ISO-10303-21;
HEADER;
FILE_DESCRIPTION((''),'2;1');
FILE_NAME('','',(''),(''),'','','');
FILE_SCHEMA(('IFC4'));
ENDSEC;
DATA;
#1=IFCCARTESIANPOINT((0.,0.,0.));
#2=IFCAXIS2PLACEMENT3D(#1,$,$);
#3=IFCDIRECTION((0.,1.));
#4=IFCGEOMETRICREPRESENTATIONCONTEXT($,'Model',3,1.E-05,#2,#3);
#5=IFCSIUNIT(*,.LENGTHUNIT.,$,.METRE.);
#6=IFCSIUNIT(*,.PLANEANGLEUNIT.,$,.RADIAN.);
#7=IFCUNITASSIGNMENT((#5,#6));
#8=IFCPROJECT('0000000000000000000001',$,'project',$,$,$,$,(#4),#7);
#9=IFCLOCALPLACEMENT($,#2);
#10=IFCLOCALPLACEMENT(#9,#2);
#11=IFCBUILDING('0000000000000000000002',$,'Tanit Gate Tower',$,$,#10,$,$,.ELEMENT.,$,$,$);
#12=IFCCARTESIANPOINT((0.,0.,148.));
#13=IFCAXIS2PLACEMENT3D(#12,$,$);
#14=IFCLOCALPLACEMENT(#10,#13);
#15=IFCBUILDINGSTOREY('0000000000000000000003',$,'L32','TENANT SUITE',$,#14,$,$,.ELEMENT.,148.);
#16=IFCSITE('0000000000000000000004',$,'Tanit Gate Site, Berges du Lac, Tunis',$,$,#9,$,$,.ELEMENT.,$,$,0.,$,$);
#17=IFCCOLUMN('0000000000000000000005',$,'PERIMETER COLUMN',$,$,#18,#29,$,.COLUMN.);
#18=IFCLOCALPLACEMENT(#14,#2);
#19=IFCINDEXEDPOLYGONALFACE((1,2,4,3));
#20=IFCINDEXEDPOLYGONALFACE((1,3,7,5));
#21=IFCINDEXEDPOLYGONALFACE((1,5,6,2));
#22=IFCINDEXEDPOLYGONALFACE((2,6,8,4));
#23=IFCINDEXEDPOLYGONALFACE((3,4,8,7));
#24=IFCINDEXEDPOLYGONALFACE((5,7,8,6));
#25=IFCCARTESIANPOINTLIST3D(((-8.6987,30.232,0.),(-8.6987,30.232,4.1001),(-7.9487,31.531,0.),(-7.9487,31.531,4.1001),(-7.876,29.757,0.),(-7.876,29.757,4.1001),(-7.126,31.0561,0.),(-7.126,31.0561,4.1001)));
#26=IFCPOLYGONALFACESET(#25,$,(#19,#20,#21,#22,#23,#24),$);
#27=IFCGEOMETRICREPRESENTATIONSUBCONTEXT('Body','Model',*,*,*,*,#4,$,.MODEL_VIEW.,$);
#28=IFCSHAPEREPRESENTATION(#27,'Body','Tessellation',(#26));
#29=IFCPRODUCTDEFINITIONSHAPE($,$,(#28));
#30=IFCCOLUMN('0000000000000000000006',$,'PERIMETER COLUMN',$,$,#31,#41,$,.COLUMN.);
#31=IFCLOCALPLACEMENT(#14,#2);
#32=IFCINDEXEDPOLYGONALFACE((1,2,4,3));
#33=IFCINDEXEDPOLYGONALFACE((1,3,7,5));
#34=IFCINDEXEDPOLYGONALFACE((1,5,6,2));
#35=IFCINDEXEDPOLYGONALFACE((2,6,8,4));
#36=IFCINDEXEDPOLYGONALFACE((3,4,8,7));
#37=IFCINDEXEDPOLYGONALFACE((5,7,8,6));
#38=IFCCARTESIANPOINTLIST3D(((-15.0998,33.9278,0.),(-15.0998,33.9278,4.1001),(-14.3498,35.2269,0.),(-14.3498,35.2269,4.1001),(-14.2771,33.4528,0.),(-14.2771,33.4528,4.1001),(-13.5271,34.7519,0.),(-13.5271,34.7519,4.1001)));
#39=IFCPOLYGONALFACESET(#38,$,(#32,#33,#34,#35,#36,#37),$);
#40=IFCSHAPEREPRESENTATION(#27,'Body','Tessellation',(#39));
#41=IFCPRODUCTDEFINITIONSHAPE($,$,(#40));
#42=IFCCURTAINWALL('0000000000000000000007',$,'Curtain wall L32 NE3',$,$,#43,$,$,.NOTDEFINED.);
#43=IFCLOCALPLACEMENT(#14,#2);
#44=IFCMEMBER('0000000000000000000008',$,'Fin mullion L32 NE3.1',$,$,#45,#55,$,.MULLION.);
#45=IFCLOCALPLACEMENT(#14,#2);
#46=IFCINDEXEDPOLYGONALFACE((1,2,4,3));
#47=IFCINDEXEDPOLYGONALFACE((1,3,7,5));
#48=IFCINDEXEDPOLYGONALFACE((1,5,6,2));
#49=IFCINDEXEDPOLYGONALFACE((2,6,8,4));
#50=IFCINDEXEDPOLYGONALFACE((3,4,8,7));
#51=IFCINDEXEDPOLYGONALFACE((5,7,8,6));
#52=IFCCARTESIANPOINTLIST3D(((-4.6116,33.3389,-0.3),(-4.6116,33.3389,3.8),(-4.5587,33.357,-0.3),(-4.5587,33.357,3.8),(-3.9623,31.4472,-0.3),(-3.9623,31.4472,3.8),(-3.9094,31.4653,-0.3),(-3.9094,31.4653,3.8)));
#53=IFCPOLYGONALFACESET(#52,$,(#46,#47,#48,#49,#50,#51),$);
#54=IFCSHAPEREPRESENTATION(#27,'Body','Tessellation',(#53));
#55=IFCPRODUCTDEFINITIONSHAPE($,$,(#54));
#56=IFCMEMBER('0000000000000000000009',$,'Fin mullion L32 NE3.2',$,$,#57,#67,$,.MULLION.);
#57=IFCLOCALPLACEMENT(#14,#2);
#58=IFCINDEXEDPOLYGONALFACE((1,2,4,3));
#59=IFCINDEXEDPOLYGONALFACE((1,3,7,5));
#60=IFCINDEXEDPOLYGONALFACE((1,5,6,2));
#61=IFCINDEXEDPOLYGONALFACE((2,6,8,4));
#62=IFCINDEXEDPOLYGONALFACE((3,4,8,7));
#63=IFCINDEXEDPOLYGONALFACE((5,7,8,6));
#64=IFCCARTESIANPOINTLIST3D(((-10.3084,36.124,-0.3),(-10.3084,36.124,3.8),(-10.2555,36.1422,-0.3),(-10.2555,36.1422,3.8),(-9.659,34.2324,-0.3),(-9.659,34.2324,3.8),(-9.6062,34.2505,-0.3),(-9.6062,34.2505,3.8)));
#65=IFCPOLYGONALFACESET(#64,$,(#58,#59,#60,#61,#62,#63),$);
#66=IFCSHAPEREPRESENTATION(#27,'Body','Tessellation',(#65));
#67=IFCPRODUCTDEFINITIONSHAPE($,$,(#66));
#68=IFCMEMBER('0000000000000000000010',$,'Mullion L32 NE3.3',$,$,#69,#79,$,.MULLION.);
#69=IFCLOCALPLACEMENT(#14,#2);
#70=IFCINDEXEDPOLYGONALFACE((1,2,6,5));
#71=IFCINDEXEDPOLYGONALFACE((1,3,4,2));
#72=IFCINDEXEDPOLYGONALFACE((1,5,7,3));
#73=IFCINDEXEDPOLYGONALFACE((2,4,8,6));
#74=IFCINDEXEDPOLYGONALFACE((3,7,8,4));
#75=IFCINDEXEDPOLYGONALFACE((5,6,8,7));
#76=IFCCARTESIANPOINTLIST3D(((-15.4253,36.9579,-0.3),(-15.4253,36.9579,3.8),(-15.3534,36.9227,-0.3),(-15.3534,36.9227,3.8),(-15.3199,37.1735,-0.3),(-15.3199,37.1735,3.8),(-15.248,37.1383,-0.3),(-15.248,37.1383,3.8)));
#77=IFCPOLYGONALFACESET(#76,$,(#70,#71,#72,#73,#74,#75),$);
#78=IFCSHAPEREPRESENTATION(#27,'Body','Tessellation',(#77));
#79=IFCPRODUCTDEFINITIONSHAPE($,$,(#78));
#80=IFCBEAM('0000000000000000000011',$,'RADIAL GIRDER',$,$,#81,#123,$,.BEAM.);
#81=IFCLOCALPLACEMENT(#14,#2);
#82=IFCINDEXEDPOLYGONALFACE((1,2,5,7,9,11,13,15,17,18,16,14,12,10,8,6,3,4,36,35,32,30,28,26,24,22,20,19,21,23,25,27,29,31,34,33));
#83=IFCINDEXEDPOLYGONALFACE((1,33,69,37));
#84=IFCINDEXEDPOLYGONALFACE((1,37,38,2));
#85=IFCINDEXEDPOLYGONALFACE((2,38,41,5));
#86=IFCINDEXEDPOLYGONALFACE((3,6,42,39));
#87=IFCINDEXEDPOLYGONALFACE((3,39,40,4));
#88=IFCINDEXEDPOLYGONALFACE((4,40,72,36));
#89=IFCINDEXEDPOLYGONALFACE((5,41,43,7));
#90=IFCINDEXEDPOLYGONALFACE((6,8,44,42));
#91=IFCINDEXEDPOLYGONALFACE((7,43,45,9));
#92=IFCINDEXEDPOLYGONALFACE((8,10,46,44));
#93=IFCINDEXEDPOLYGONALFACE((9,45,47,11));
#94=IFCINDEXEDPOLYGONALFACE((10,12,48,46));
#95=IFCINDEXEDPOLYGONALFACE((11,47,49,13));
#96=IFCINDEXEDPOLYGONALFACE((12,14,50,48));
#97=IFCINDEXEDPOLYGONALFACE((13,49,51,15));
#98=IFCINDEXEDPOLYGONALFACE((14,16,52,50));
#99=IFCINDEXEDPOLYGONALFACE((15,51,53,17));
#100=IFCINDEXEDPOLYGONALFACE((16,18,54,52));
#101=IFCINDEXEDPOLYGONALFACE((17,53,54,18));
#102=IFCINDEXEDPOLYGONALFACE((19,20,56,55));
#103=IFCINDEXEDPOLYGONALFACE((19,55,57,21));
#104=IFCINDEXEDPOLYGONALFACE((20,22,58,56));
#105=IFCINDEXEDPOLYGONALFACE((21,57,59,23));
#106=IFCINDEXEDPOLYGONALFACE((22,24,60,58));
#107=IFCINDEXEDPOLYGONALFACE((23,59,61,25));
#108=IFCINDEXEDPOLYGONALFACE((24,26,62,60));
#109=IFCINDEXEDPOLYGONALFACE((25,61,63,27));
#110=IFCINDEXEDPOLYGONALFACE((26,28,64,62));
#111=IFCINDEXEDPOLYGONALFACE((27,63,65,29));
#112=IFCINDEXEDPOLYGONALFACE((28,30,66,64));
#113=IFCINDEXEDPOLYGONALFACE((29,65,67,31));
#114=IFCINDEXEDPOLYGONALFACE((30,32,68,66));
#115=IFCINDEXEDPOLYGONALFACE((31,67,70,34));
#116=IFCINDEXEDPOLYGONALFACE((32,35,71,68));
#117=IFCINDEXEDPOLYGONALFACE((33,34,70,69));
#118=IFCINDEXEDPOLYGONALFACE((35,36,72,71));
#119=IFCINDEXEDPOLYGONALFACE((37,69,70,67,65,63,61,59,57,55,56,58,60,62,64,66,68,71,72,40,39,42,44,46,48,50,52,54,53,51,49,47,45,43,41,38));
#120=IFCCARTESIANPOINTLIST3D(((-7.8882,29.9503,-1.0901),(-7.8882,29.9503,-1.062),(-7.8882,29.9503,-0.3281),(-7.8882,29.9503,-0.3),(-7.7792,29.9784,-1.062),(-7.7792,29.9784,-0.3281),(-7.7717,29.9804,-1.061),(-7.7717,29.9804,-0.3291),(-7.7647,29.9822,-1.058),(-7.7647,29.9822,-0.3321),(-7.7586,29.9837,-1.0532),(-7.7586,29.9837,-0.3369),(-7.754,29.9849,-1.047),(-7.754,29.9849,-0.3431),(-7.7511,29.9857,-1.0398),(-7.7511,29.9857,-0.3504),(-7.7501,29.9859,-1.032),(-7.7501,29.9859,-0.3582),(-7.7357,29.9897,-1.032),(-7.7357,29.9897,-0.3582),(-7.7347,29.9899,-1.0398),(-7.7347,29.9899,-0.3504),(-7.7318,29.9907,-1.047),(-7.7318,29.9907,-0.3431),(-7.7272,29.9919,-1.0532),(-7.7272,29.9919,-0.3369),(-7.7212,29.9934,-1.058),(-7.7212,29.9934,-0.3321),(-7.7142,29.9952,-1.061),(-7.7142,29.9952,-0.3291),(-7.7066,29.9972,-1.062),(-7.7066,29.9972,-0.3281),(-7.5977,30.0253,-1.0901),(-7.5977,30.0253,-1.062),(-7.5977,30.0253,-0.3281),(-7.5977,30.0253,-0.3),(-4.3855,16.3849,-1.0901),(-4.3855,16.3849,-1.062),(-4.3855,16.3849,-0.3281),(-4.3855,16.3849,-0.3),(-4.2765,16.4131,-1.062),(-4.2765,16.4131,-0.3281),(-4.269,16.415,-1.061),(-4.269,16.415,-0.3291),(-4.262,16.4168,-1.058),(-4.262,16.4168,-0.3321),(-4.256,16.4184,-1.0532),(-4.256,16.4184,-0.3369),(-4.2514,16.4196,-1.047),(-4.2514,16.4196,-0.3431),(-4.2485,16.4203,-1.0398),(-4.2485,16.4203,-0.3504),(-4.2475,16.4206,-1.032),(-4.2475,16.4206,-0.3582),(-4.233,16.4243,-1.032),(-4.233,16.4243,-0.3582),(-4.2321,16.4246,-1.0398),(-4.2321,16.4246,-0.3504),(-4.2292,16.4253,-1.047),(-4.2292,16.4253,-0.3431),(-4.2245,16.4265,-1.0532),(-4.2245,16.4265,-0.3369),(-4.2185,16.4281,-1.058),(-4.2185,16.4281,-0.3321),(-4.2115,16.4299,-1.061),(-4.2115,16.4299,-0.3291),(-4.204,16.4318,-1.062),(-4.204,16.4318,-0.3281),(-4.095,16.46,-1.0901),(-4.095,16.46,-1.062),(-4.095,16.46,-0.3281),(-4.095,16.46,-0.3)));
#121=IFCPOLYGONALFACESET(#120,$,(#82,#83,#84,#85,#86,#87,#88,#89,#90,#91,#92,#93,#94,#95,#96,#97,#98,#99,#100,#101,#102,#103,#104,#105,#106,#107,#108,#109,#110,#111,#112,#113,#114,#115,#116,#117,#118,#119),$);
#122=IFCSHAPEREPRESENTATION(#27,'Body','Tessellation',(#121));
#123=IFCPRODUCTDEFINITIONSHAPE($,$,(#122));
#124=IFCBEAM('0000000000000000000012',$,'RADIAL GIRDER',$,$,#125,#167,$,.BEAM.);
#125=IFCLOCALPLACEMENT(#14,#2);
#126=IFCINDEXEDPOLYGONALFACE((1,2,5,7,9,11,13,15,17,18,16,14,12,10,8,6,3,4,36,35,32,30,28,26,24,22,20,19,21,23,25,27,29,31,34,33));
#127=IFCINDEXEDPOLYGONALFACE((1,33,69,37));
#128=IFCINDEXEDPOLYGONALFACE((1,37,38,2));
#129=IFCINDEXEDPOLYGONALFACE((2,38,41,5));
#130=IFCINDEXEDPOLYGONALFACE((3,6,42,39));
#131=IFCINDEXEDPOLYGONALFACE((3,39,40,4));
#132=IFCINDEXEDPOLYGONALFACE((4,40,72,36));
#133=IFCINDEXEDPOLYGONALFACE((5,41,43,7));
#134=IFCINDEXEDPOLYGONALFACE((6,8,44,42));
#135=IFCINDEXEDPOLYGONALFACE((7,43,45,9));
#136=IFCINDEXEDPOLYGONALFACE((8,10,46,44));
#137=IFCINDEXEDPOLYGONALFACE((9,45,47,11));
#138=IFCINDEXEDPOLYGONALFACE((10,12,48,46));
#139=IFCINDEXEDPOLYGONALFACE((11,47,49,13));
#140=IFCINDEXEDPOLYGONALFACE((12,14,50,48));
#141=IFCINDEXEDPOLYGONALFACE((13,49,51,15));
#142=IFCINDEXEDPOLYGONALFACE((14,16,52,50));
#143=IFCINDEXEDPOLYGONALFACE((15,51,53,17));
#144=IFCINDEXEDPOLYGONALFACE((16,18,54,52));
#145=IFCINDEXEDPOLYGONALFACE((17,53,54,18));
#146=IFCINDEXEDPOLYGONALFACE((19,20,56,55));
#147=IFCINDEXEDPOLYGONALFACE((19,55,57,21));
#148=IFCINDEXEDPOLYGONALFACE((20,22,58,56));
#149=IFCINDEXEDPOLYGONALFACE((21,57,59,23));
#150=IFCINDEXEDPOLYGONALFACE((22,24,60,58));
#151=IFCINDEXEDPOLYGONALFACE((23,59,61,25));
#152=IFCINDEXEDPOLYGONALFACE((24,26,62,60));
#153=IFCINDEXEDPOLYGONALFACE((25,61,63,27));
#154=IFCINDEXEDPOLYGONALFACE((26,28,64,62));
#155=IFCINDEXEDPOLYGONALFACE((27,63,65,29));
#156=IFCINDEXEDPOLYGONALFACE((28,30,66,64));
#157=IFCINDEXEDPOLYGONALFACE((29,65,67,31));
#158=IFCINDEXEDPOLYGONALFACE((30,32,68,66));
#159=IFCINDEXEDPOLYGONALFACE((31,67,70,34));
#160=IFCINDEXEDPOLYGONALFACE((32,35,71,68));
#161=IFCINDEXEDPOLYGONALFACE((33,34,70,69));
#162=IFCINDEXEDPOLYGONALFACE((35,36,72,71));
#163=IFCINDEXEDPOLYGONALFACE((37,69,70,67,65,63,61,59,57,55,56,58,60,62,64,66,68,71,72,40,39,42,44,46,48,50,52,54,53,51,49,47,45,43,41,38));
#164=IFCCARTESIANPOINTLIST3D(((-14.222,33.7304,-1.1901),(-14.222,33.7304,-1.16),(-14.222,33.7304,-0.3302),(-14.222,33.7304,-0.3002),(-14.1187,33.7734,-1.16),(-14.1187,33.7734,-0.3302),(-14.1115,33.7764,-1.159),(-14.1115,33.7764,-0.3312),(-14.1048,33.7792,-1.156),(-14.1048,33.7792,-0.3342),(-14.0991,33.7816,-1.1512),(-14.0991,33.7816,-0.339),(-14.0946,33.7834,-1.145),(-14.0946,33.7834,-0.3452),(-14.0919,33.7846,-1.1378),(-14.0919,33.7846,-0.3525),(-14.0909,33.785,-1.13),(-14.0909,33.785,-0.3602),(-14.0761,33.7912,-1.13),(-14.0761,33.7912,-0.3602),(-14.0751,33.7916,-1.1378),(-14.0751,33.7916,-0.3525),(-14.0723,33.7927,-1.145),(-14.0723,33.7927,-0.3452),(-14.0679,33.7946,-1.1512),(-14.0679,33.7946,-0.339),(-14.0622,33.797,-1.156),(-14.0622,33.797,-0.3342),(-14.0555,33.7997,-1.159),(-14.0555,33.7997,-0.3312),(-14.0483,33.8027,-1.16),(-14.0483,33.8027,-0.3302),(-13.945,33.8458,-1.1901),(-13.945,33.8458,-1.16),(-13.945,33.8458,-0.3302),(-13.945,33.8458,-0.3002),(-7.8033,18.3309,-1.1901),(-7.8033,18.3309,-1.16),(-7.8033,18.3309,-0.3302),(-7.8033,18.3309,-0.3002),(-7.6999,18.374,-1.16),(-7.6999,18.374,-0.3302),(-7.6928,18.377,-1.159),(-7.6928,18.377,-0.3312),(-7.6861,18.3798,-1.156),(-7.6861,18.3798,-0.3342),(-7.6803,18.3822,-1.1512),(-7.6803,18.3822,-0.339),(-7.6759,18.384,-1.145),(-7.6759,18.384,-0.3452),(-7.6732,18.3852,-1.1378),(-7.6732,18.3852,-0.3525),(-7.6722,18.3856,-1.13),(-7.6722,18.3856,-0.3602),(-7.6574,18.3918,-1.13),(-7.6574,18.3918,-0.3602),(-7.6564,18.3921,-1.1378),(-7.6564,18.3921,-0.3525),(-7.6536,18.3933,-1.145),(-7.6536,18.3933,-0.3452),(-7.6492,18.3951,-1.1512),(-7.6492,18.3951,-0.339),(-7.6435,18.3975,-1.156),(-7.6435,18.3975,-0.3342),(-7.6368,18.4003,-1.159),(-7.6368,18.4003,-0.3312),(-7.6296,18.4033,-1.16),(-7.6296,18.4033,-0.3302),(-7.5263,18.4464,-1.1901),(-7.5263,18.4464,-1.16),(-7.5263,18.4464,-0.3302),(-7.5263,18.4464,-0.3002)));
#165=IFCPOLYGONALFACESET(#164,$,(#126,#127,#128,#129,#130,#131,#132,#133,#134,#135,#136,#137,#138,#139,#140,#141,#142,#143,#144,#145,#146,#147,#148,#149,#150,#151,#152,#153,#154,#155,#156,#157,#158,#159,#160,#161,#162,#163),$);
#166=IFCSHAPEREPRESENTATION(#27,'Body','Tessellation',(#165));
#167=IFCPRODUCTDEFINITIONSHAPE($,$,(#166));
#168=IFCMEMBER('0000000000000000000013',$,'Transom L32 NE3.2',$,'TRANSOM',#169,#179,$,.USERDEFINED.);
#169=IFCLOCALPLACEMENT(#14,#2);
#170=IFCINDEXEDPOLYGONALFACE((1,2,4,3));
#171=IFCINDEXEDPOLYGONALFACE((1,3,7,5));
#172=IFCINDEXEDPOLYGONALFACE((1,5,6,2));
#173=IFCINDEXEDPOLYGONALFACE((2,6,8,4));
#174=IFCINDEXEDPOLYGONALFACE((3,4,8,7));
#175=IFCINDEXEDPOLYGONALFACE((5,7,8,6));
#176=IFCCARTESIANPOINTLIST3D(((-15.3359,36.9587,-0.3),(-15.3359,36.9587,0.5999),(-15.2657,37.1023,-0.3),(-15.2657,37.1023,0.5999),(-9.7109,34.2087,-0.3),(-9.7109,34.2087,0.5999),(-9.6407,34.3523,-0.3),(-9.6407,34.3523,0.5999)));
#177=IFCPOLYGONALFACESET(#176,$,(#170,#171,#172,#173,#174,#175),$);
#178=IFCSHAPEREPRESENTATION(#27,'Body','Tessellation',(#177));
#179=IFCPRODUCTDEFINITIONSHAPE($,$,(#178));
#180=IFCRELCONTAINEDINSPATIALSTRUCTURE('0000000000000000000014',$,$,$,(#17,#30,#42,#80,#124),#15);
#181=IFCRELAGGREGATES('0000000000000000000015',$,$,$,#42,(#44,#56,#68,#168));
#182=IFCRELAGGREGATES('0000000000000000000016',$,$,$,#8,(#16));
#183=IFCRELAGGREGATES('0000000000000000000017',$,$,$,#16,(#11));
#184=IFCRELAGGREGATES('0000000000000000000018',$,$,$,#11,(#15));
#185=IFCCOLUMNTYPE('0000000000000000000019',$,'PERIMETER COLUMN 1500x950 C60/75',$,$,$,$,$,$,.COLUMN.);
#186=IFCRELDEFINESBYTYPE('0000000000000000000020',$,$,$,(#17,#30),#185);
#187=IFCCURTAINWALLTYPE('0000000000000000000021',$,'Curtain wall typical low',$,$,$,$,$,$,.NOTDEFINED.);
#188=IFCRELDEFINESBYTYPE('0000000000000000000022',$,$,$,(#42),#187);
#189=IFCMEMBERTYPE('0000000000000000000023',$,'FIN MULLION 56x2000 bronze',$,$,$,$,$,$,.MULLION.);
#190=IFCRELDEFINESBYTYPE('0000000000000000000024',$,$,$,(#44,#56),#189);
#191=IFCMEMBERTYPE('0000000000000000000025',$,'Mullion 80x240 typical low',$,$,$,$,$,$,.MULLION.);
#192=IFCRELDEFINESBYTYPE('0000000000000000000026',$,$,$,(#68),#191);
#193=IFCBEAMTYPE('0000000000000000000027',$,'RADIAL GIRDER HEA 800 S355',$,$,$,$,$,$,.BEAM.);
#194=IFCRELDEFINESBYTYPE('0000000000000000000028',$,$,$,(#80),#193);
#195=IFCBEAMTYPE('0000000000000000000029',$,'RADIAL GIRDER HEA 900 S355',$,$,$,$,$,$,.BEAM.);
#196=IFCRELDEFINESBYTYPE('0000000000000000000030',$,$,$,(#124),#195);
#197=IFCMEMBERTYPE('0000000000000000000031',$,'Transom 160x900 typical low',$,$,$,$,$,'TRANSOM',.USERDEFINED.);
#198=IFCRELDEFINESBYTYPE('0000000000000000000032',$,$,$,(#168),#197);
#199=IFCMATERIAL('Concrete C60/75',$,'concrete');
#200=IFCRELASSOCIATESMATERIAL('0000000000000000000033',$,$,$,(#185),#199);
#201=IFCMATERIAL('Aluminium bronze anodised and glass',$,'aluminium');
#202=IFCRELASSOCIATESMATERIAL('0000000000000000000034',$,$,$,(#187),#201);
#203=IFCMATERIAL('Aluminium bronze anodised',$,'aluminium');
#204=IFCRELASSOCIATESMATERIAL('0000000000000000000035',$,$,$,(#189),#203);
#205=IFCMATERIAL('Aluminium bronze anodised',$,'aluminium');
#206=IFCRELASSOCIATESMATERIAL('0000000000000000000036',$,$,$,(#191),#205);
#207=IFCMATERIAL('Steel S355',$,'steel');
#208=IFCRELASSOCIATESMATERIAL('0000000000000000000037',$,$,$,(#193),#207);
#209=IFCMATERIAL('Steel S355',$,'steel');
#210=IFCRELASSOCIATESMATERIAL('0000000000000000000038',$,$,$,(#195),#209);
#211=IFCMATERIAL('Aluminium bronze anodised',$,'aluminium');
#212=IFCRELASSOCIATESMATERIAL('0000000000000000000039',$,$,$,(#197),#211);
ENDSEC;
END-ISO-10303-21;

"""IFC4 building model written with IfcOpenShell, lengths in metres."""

from ifc_helpers import new_model, si_unit, direction, frame, origin, origin_2d, place, context, subcontext, project, spatial, rectangle, i_section, extrude, material, material_profile, profile_set, type_object, element, aggregate, save


model = new_model("IFC4")

# Units and contexts
model_context = context("Model", 3, precision=1e-05, world=origin(), true_north=direction((0.0, 1.0)))
body_context = subcontext(model_context, "Body", "Model", "MODEL_VIEW")
ifc_project = project(units=[si_unit("LENGTHUNIT", "METRE"), si_unit("PLANEANGLEUNIT", "RADIAN")], contexts=[model_context])

# Site, building, storey
site_placement = place(None, origin())
site = spatial("IfcSite", under=ifc_project, at=site_placement, Name="Tanit Gate Site, Berges du Lac, Tunis", CompositionType="ELEMENT", RefElevation=0.0)
building_placement = place(site_placement, origin())
building = spatial("IfcBuilding", under=site, at=building_placement, Name="Tanit Gate Tower", CompositionType="ELEMENT")
storey_placement = place(building_placement, frame((0.0, 0.0, 148.0)))
storey = spatial("IfcBuildingStorey", under=building, at=storey_placement, Name="L32", Description="TENANT SUITE", CompositionType="ELEMENT", Elevation=148.0)

# Columns
ifc_material_1 = material(Name="Concrete C60/75", Category="concrete")
ifc_material_profile_1 = material_profile(ifc_material_1, rectangle(XDim=1.5, YDim=0.95, at=origin_2d()), Name="RC 1500x950")
ifc_profile_set_1 = profile_set([ifc_material_profile_1], Name="Concrete C60/75")
column_type = type_object("IfcColumnType", Name="PERIMETER COLUMN 1500x950 C60/75", PredefinedType="COLUMN", material=ifc_profile_set_1)
for number, where, z_axis, x_axis, name in (
    (1, (-7.9124, 30.644, 0.0), (0.0, 0.0, 1.0), (0.5, 0.866025, 0.0), "PERIMETER COLUMN"),
    (2, (-14.3135, 34.3398, 0.0), (0.0, 0.0, 1.0), (0.5, 0.866025, 0.0), "PERIMETER COLUMN"),
):
    element("IfcColumn", number, at=place(storey_placement, frame(where, z_axis=z_axis, x_axis=x_axis)), inside=storey, type_object=column_type, Name=name, PredefinedType="COLUMN", context=body_context, shape_type="SweptSolid", body=[
        extrude(rectangle(XDim=1.5, YDim=0.95, at=origin_2d()), origin(), (0.0, 0.0, 1.0), 4.1001),
    ])

# Curtain wall, members
ifc_material_2 = material(Name="Aluminium bronze anodised and glass", Category="aluminium")
curtain_wall_type = type_object("IfcCurtainWallType", Name="Curtain wall typical low", PredefinedType="NOTDEFINED", material=ifc_material_2)
curtain_wall_placement = place(storey_placement, origin())
curtain_wall = element("IfcCurtainWall", 3, at=curtain_wall_placement, inside=storey, type_object=curtain_wall_type, Name="Curtain wall L32 NE3", PredefinedType="NOTDEFINED")
ifc_material_3 = material(Name="Aluminium bronze anodised", Category="aluminium")
ifc_material_profile_2 = material_profile(ifc_material_3, rectangle(XDim=2.0, YDim=0.0559, at=origin_2d()), Name="56x2000 bronze fin mullion")
ifc_profile_set_2 = profile_set([ifc_material_profile_2], Name="Aluminium bronze anodised")
member_type_1 = type_object("IfcMemberType", Name="FIN MULLION 56x2000 bronze", PredefinedType="MULLION", material=ifc_profile_set_2)
member_1_placement = place(storey_placement, frame((-4.2605, 32.4021, -0.3), z_axis=(0.0, 0.0, 1.0), x_axis=(0.324673, -0.945826, 0.0)))
member_1 = element("IfcMember", 4, at=member_1_placement, type_object=member_type_1, Name="Fin mullion L32 NE3.1", PredefinedType="MULLION", context=body_context, shape_type="SweptSolid", body=[
    extrude(rectangle(XDim=2.0, YDim=0.0559, at=origin_2d()), origin(), (0.0, 0.0, 1.0), 4.1001),
])
member_2_placement = place(storey_placement, frame((-9.9573, 35.1873, -0.3), z_axis=(0.0, 0.0, 1.0), x_axis=(0.324673, -0.945826, 0.0)))
member_2 = element("IfcMember", 5, at=member_2_placement, type_object=member_type_1, Name="Fin mullion L32 NE3.2", PredefinedType="MULLION", context=body_context, shape_type="SweptSolid", body=[
    extrude(rectangle(XDim=2.0, YDim=0.0559, at=origin_2d()), origin(), (0.0, 0.0, 1.0), 4.1001),
])
ifc_material_4 = material(Name="Aluminium bronze anodised", Category="aluminium")
ifc_material_profile_3 = material_profile(ifc_material_4, rectangle(XDim=0.24, YDim=0.0801, at=origin_2d()), Name="80x240 bronze mullion")
ifc_profile_set_3 = profile_set([ifc_material_profile_3], Name="Aluminium bronze anodised")
member_type_2 = type_object("IfcMemberType", Name="Mullion 80x240 typical low", PredefinedType="MULLION", material=ifc_profile_set_3)
member_3_placement = place(storey_placement, frame((-15.3367, 37.0481, -0.3), z_axis=(0.0, 0.0, 1.0), x_axis=(-0.439222, -0.898379, 0.0)))
member_3 = element("IfcMember", 6, at=member_3_placement, type_object=member_type_2, Name="Mullion L32 NE3.3", PredefinedType="MULLION", context=body_context, shape_type="SweptSolid", body=[
    extrude(rectangle(XDim=0.24, YDim=0.0801, at=origin_2d()), origin(), (0.0, 0.0, 1.0), 4.1001),
])

# Beams
ifc_material_5 = material(Name="Steel S355", Category="steel")
ifc_material_profile_4 = material_profile(ifc_material_5, i_section(OverallWidth=0.3, OverallDepth=0.79, WebThickness=0.0149, FlangeThickness=0.0281, FilletRadius=0.03, at=origin_2d()), Name="HEA 800")
ifc_profile_set_4 = profile_set([ifc_material_profile_4], Name="Steel S355")
beam_type_1 = type_object("IfcBeamType", Name="RADIAL GIRDER HEA 800 S355", PredefinedType="BEAM", material=ifc_profile_set_4)
beam_1_placement = place(storey_placement, frame((-7.7429, 29.9878, -0.6951), z_axis=(0.250007, -0.968244, 0.0), x_axis=(0.968244, 0.250007, 0.0)))
element("IfcBeam", 7, at=beam_1_placement, inside=storey, type_object=beam_type_1, Name="RADIAL GIRDER", PredefinedType="BEAM", context=body_context, shape_type="SweptSolid", body=[
    extrude(i_section(OverallWidth=0.3, OverallDepth=0.79, WebThickness=0.0149, FlangeThickness=0.0281, FilletRadius=0.03, at=origin_2d()), origin(), (0.0, 0.0, 1.0), 14.0103),
])
ifc_material_6 = material(Name="Steel S355", Category="steel")
ifc_material_profile_5 = material_profile(ifc_material_6, i_section(OverallWidth=0.3, OverallDepth=0.8899, WebThickness=0.0161, FlangeThickness=0.03, FilletRadius=0.03, at=origin_2d()), Name="HEA 900")
ifc_profile_set_5 = profile_set([ifc_material_profile_5], Name="Steel S355")
beam_type_2 = type_object("IfcBeamType", Name="RADIAL GIRDER HEA 900 S355", PredefinedType="BEAM", material=ifc_profile_set_5)
beam_2_placement = place(storey_placement, frame((-14.0835, 33.7881, -0.7451), z_axis=(0.384732, -0.923028, 0.0), x_axis=(0.923028, 0.384732, 0.0)))
element("IfcBeam", 8, at=beam_2_placement, inside=storey, type_object=beam_type_2, Name="RADIAL GIRDER", PredefinedType="BEAM", context=body_context, shape_type="SweptSolid", body=[
    extrude(i_section(OverallWidth=0.3, OverallDepth=0.8899, WebThickness=0.0161, FlangeThickness=0.03, FilletRadius=0.03, at=origin_2d()), origin(), (0.0, 0.0, 1.0), 16.6836),
])

# Member
ifc_material_7 = material(Name="Aluminium bronze anodised", Category="aluminium")
ifc_material_profile_6 = material_profile(ifc_material_7, rectangle(XDim=0.1599, YDim=0.8999, at=origin_2d()), Name="160x900 bronze transom")
ifc_profile_set_6 = profile_set([ifc_material_profile_6], Name="Aluminium bronze anodised")
member_type_3 = type_object("IfcMemberType", Name="Transom 160x900 typical low", ElementType="TRANSOM", PredefinedType="USERDEFINED", material=ifc_profile_set_6)
member_4_placement = place(storey_placement, frame((-9.6758, 34.2805, 0.1499), z_axis=(-0.898384, 0.43921, 0.0), x_axis=(-0.43921, -0.898384, 0.0)))
member_4 = element("IfcMember", 9, at=member_4_placement, type_object=member_type_3, Name="Transom L32 NE3.2", ObjectType="TRANSOM", PredefinedType="USERDEFINED", context=body_context, shape_type="SweptSolid", body=[
    extrude(rectangle(XDim=0.1599, YDim=0.8999, at=origin_2d()), origin(), (0.0, 0.0, 1.0), 6.2612),
])

aggregate(curtain_wall, [member_1, member_2, member_3, member_4])

save(model, "model.ifc")
